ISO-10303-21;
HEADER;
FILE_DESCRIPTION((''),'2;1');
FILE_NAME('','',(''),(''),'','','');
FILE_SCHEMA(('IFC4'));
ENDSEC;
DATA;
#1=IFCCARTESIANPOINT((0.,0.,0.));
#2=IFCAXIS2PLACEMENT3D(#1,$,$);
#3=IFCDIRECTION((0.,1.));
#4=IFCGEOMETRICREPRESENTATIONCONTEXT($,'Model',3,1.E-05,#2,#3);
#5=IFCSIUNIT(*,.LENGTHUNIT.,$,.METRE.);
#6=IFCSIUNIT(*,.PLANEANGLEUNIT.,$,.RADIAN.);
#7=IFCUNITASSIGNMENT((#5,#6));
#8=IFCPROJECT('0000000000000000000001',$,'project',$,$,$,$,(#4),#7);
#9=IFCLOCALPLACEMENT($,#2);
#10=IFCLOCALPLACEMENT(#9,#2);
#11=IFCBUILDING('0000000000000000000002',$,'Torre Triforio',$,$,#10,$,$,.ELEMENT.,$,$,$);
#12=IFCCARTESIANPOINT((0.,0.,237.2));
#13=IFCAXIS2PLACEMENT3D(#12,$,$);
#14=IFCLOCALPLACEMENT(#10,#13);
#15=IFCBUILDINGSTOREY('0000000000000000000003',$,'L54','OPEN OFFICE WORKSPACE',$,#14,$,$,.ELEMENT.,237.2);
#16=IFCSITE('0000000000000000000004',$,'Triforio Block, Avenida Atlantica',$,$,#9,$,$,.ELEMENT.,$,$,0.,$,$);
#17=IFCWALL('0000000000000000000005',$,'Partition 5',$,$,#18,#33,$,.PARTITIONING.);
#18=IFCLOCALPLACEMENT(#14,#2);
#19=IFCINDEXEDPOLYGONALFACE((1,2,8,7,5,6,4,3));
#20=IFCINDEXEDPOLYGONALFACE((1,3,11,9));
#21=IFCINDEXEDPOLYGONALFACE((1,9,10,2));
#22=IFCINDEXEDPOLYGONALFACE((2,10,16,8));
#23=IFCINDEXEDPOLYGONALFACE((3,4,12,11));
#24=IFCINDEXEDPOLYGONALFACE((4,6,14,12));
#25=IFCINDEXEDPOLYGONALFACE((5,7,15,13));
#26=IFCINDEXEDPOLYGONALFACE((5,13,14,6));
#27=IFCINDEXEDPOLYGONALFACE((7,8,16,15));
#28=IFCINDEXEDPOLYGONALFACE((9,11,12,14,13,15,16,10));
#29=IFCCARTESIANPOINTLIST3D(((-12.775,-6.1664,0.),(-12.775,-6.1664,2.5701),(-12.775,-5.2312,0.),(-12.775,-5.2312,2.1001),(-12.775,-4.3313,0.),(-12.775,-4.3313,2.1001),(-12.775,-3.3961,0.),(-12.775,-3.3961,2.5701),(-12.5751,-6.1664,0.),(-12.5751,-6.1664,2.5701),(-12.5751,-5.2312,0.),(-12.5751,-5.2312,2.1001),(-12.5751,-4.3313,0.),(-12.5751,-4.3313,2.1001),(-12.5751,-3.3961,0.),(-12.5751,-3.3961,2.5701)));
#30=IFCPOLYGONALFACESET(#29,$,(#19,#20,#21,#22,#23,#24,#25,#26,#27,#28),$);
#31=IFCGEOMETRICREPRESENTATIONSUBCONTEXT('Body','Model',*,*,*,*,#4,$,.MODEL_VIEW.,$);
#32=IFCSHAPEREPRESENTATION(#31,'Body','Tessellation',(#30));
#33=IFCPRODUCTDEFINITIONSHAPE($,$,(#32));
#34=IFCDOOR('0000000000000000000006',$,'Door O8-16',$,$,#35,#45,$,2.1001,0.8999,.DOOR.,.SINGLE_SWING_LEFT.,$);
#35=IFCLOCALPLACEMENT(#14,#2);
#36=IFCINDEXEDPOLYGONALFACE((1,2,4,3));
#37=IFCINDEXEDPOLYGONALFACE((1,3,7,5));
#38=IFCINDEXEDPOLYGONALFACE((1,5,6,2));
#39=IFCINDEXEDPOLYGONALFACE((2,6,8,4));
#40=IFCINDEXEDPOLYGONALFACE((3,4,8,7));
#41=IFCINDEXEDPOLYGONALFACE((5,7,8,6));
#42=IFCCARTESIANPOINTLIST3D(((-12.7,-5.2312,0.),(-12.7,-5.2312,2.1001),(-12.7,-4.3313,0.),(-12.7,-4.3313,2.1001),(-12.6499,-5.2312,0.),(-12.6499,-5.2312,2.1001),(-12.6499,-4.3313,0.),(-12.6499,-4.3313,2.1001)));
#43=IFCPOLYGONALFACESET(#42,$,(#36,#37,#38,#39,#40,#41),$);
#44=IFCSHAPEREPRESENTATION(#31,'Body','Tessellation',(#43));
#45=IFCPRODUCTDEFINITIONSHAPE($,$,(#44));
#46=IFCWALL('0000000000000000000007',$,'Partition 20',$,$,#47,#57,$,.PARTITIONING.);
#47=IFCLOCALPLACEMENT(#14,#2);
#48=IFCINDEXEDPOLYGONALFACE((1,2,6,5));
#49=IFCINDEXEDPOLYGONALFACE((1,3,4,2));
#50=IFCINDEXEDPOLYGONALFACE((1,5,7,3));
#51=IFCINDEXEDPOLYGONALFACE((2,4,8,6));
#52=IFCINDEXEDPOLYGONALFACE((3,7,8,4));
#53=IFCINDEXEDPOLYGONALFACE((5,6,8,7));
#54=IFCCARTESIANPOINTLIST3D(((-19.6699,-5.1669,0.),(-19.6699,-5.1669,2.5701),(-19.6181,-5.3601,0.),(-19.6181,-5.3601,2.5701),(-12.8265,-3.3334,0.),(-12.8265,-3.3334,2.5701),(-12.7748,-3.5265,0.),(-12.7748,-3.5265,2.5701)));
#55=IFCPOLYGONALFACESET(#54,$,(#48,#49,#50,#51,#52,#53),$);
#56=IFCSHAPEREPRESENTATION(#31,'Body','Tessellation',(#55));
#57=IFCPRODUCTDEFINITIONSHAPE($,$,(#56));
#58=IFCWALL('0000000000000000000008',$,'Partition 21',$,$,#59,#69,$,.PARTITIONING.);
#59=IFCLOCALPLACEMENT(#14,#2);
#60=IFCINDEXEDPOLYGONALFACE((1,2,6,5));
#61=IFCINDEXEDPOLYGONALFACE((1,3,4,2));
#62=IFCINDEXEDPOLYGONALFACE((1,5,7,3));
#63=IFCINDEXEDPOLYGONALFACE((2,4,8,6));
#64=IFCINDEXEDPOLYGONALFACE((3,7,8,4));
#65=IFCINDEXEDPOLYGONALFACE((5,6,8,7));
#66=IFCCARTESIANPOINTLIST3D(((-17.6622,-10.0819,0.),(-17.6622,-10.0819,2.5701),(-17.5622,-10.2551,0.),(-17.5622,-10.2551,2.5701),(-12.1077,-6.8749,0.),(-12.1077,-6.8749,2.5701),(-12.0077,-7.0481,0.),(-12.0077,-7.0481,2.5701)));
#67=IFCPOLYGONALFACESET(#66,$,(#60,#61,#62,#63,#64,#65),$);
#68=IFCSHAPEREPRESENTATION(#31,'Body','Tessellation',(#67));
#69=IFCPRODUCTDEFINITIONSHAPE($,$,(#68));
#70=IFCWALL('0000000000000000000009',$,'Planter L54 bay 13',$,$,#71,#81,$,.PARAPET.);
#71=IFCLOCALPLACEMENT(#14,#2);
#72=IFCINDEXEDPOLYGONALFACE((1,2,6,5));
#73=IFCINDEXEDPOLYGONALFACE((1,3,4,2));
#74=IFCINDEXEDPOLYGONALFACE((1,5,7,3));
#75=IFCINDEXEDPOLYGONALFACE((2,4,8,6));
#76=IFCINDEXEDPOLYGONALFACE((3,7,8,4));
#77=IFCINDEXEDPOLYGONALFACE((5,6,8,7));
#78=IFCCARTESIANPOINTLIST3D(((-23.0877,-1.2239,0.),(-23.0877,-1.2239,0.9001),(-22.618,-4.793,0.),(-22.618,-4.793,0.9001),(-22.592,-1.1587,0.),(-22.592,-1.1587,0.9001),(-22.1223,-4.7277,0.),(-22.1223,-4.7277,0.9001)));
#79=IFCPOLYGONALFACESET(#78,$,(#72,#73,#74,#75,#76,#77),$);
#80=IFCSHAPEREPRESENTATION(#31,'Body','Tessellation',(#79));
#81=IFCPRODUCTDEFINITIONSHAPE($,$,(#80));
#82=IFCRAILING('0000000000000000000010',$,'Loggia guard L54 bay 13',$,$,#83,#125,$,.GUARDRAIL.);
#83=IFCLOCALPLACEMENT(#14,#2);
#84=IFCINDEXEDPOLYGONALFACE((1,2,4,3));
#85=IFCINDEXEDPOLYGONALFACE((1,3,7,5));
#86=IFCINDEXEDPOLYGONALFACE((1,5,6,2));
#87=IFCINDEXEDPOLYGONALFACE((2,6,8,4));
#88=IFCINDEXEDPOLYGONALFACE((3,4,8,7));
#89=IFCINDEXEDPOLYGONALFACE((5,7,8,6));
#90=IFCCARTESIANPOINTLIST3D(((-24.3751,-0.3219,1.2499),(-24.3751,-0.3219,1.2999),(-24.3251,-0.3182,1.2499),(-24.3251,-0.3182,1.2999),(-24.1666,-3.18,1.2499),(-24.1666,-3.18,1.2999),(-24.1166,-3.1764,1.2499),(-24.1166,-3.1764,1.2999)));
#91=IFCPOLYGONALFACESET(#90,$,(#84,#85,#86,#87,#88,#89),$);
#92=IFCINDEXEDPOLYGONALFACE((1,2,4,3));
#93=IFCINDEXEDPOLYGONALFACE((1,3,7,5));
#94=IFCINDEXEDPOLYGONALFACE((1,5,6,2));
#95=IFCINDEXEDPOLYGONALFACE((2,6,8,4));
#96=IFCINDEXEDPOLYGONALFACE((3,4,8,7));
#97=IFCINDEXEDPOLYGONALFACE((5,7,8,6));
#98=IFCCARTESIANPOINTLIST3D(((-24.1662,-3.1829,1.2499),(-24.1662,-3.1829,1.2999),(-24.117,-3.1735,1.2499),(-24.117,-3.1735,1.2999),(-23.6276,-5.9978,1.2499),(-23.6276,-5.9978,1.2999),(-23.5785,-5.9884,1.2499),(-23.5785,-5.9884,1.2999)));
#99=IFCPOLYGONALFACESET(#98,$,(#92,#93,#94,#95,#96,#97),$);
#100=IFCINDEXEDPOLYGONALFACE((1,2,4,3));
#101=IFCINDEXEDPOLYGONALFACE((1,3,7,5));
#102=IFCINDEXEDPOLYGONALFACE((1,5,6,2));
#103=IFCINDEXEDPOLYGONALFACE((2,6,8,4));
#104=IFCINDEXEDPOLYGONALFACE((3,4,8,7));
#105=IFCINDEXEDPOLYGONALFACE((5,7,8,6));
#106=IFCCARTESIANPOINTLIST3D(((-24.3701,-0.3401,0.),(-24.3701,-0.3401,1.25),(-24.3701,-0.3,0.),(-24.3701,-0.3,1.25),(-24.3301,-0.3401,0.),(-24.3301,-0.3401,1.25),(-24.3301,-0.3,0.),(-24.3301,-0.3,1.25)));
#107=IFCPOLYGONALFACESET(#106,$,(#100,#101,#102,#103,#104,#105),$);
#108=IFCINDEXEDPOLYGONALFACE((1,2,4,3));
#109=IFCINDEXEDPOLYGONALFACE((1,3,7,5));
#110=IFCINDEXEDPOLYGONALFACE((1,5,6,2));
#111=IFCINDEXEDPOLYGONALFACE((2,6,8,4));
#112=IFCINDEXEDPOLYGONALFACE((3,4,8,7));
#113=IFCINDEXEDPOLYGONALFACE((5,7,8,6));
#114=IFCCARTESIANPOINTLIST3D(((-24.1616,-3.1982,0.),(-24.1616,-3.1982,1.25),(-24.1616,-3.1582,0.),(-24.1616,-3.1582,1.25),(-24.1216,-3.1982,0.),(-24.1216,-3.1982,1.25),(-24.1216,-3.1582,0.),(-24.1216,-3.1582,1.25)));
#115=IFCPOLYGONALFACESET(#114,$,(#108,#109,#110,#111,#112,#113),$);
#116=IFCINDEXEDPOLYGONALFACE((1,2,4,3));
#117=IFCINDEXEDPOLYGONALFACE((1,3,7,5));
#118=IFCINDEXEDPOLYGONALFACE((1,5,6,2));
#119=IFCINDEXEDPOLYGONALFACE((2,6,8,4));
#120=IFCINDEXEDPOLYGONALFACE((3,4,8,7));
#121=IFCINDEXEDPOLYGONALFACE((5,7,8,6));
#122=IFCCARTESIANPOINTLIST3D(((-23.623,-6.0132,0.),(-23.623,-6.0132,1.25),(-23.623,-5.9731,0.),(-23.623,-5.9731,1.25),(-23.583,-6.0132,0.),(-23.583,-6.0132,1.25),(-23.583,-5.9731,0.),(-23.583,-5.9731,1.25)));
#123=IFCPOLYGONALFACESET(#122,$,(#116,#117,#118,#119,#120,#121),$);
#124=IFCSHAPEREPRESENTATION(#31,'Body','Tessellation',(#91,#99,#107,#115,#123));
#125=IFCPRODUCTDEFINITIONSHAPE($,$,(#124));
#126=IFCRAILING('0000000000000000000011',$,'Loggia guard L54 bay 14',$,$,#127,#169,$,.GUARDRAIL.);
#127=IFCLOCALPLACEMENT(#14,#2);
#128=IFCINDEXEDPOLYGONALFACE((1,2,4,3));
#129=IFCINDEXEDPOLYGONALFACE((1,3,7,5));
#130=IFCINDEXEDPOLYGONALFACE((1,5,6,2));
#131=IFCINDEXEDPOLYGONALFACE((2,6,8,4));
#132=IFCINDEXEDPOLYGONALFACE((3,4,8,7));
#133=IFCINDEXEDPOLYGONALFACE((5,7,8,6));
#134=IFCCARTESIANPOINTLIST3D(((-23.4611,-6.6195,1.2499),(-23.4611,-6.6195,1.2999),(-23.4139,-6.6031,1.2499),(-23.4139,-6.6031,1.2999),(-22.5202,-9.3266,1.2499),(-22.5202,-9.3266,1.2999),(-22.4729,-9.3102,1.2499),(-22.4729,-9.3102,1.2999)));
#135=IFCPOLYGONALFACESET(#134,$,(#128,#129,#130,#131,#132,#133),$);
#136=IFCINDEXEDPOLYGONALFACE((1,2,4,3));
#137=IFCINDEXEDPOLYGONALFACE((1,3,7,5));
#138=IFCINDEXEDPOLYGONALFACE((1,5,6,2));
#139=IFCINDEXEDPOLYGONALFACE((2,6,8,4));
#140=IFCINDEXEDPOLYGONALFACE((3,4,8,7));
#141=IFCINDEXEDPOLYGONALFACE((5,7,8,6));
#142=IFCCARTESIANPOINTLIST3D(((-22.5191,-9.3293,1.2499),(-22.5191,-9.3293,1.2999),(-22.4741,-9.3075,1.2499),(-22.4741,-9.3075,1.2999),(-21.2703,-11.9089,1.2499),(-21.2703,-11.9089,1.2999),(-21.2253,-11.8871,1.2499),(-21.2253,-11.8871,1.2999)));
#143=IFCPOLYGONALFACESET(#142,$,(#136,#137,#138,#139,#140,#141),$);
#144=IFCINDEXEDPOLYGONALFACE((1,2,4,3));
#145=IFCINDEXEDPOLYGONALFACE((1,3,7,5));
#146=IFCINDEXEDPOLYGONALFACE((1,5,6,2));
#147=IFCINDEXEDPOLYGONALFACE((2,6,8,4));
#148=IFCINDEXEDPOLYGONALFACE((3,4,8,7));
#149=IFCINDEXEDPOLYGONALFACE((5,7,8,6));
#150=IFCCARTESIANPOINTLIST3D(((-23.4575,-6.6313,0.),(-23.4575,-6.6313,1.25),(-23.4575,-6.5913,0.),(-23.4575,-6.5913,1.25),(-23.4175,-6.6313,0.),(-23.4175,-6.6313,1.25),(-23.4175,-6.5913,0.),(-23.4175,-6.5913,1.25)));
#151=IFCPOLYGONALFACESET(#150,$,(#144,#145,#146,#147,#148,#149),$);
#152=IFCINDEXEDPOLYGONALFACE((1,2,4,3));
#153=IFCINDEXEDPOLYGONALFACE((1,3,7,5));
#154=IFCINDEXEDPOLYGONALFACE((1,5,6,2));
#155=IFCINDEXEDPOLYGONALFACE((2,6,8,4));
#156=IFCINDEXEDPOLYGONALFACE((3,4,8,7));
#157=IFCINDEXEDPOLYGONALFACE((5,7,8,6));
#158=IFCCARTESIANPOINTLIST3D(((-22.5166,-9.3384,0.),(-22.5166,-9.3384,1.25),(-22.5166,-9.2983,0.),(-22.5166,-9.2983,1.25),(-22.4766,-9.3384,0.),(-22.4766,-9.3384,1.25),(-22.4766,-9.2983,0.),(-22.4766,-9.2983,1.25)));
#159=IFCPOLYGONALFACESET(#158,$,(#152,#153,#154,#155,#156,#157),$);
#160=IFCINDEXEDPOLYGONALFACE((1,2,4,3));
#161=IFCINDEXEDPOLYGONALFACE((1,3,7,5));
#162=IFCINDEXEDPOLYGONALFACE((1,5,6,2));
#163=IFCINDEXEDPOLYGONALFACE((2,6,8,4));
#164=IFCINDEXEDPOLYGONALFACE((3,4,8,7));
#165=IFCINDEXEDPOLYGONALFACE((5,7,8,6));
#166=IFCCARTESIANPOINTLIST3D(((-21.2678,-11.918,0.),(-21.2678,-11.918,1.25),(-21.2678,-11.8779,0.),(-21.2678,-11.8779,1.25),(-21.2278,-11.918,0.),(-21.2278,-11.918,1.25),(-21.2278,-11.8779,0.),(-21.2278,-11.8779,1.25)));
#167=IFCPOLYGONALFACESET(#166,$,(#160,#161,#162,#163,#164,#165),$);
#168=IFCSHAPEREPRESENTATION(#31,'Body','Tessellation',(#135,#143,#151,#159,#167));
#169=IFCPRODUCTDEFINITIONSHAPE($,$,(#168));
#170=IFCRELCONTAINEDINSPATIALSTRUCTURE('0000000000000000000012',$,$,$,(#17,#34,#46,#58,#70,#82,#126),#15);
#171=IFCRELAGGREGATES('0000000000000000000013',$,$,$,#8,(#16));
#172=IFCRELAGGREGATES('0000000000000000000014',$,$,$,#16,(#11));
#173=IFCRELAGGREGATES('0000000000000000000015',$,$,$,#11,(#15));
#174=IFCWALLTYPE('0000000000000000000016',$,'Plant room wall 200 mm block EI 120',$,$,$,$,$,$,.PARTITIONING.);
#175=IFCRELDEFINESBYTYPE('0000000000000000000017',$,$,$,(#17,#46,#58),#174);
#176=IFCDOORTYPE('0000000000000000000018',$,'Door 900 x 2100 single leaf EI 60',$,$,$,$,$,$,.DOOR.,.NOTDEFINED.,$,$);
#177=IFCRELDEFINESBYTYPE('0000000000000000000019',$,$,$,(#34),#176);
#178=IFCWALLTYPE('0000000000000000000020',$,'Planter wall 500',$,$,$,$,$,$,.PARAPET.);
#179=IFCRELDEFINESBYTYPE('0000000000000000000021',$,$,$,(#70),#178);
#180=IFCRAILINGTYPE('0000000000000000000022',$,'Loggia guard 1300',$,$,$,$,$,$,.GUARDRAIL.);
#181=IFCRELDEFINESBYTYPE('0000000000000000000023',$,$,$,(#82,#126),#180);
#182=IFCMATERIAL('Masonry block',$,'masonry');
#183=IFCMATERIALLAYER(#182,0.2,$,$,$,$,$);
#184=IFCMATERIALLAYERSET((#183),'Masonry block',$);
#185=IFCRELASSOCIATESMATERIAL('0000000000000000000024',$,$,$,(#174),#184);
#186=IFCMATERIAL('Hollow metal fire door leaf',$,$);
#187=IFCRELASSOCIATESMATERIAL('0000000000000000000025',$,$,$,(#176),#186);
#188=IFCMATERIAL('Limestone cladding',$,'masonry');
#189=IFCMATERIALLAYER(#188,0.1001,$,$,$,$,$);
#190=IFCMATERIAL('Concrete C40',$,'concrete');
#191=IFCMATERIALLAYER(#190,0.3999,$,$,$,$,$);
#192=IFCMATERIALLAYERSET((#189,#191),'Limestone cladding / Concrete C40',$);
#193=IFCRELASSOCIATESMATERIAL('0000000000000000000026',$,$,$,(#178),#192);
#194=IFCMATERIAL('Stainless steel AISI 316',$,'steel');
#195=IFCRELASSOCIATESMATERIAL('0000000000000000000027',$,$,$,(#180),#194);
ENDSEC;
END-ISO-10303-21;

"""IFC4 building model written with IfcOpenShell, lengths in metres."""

from ifc_helpers import new_model, si_unit, direction, frame, frame_2d, origin, origin_2d, place, context, subcontext, project, spatial, rectangle, extrude, material, layer, layer_set, type_object, element, fill, save


model = new_model("IFC4")

# Units and contexts
model_context = context("Model", 3, precision=1e-05, world=origin(), true_north=direction((0.0, 1.0)))
body_context = subcontext(model_context, "Body", "Model", "MODEL_VIEW")
ifc_project = project(units=[si_unit("LENGTHUNIT", "METRE"), si_unit("PLANEANGLEUNIT", "RADIAN")], contexts=[model_context])

# Site, building, storey
site_placement = place(None, origin())
site = spatial("IfcSite", under=ifc_project, at=site_placement, Name="Triforio Block, Avenida Atlantica", CompositionType="ELEMENT", RefElevation=0.0)
building_placement = place(site_placement, origin())
building = spatial("IfcBuilding", under=site, at=building_placement, Name="Torre Triforio", CompositionType="ELEMENT")
storey_placement = place(building_placement, frame((0.0, 0.0, 237.2)))
storey = spatial("IfcBuildingStorey", under=building, at=storey_placement, Name="L54", Description="OPEN OFFICE WORKSPACE", CompositionType="ELEMENT", Elevation=237.2)

# Shared definitions
ifc_material_1 = material(Name="Concrete C40", Category="concrete")

# Shared definitions
ifc_material_2 = material(Name="Hollow metal fire door leaf")

# Shared definitions
ifc_material_3 = material(Name="Masonry block", Category="masonry")
ifc_layer_1 = layer(ifc_material_3, 0.2)
ifc_layer_set_1 = layer_set([ifc_layer_1], Name="Masonry block")
wall_type_1 = type_object("IfcWallType", Name="Plant room wall 200 mm block EI 120", PredefinedType="PARTITIONING", material=ifc_layer_set_1)

# Wall, opening, door
wall_1_placement = place(storey_placement, frame((-12.675, -6.1665, 0.0), z_axis=(0.0, 0.0, 1.0), x_axis=(0.0, 1.0, 0.0)))
wall_1 = element("IfcWall", 1, at=wall_1_placement, inside=storey, type_object=wall_type_1, Name="Partition 5", PredefinedType="PARTITIONING", context=body_context, shape_type="SweptSolid", body=[
    extrude(rectangle(XDim=2.7703, YDim=0.2, at=frame_2d((1.3853, 0.0))), origin(), (0.0, 0.0, 1.0), 2.5701),
])
opening_1_placement = place(wall_1_placement, frame((0.9353, 0.0, 0.0)))
opening_1 = element("IfcOpeningElement", 2, at=opening_1_placement, cuts=wall_1, PredefinedType="OPENING", context=body_context, shape_type="SweptSolid", body=[
    extrude(rectangle(XDim=0.8999, YDim=2.1001, at=frame_2d((0.45, 1.05))), frame((0.0, 0.1099, 0.0), z_axis=(0.0, -1.0, 0.0), x_axis=(1.0, 0.0, 0.0)), (0.0, 0.0, 1.0), 0.22),
])
door_type_1 = type_object("IfcDoorType", Name="Door 900 x 2100 single leaf EI 60", OperationType="NOTDEFINED", PredefinedType="DOOR", material=ifc_material_2)
door_1_placement = place(opening_1_placement, origin())
door_1 = element("IfcDoor", 3, at=door_1_placement, inside=storey, type_object=door_type_1, Name="Door O8-16", OperationType="SINGLE_SWING_LEFT", OverallHeight=2.1001, OverallWidth=0.8999, PredefinedType="DOOR", context=body_context, shape_type="SweptSolid", body=[
    extrude(rectangle(XDim=0.8999, YDim=2.1001, at=frame_2d((0.45, 1.05))), frame((0.0, 0.0249, 0.0), z_axis=(0.0, -1.0, 0.0), x_axis=(1.0, 0.0, 0.0)), (0.0, 0.0, 1.0), 0.05),
])
fill(opening_1, door_1)

# Walls
wall_2_placement = place(storey_placement, frame((-12.8005, -3.4299, 0.0), z_axis=(0.0, 0.0, 1.0), x_axis=(-0.965931, -0.258799, 0.0)))
element("IfcWall", 4, at=wall_2_placement, inside=storey, type_object=wall_type_1, Name="Partition 20", PredefinedType="PARTITIONING", context=body_context, shape_type="SweptSolid", body=[
    extrude(rectangle(XDim=7.0847, YDim=0.2, at=frame_2d((3.5425, 0.0))), origin(), (0.0, 0.0, 1.0), 2.5701),
])
wall_3_placement = place(storey_placement, frame((-12.0576, -6.9614, 0.0), z_axis=(0.0, 0.0, 1.0), x_axis=(-0.866014, -0.50002, 0.0)))
element("IfcWall", 5, at=wall_3_placement, inside=storey, type_object=wall_type_1, Name="Partition 21", PredefinedType="PARTITIONING", context=body_context, shape_type="SweptSolid", body=[
    extrude(rectangle(XDim=6.4138, YDim=0.2, at=frame_2d((3.207, 0.0))), origin(), (0.0, 0.0, 1.0), 2.5701),
])
ifc_material_4 = material(Name="Limestone cladding", Category="masonry")
ifc_layer_2 = layer(ifc_material_4, 0.1001)
ifc_layer_3 = layer(ifc_material_1, 0.3999)
ifc_layer_set_2 = layer_set([ifc_layer_2, ifc_layer_3], Name="Limestone cladding / Concrete C40")
wall_type_2 = type_object("IfcWallType", Name="Planter wall 500", PredefinedType="PARAPET", material=ifc_layer_set_2)
wall_4_placement = place(storey_placement, frame((-22.8398, -1.1914, 0.0), z_axis=(0.0, 0.0, 1.0), x_axis=(0.130484, -0.99145, 0.0)))
element("IfcWall", 6, at=wall_4_placement, inside=storey, type_object=wall_type_2, Name="Planter L54 bay 13", PredefinedType="PARAPET", context=body_context, shape_type="SweptSolid", body=[
    extrude(rectangle(XDim=3.5999, YDim=0.5, at=frame_2d((1.7998, 0.0))), origin(), (0.0, 0.0, 1.0), 0.9001),
])

# Railings
ifc_material_5 = material(Name="Stainless steel AISI 316", Category="steel")
railing_type = type_object("IfcRailingType", Name="Loggia guard 1300", PredefinedType="GUARDRAIL", material=ifc_material_5)
railing_1_placement = place(storey_placement, frame((-24.3501, -0.3201, 0.0)))
element("IfcRailing", 7, at=railing_1_placement, inside=storey, type_object=railing_type, Name="Loggia guard L54 bay 13", PredefinedType="GUARDRAIL", context=body_context, shape_type="SweptSolid", body=[
    extrude(rectangle(XDim=0.05, YDim=0.05, at=origin_2d()), frame((0.0, 0.0, 1.2749), z_axis=(0.072754, -0.99735, 0.0), x_axis=(0.99735, 0.072754, 0.0)), (0.0, 0.0, 1.0), 2.8657),
    extrude(rectangle(XDim=0.05, YDim=0.05, at=origin_2d()), frame((0.2085, -2.8582, 1.2749), z_axis=(0.187918, -0.982185, 0.0), x_axis=(0.982185, 0.187918, 0.0)), (0.0, 0.0, 1.0), 2.866),
    extrude(rectangle(XDim=0.04, YDim=0.04, at=origin_2d()), origin(), (0.0, 0.0, 1.0), 1.25),
    extrude(rectangle(XDim=0.04, YDim=0.04, at=origin_2d()), frame((0.2085, -2.8582, 0.0)), (0.0, 0.0, 1.0), 1.25),
    extrude(rectangle(XDim=0.04, YDim=0.04, at=origin_2d()), frame((0.7471, -5.6731, 0.0)), (0.0, 0.0, 1.0), 1.25),
])
railing_2_placement = place(storey_placement, frame((-23.4375, -6.6113, 0.0)))
element("IfcRailing", 8, at=railing_2_placement, inside=storey, type_object=railing_type, Name="Loggia guard L54 bay 14", PredefinedType="GUARDRAIL", context=body_context, shape_type="SweptSolid", body=[
    extrude(rectangle(XDim=0.05, YDim=0.05, at=origin_2d()), frame((0.0, 0.0, 1.2749), z_axis=(0.328316, -0.944568, 0.0), x_axis=(0.944568, 0.328316, 0.0)), (0.0, 0.0, 1.0), 2.866),
    extrude(rectangle(XDim=0.05, YDim=0.05, at=origin_2d()), frame((0.9409, -2.707, 1.2749), z_axis=(0.435728, -0.900078, 0.0), x_axis=(0.900078, 0.435728, 0.0)), (0.0, 0.0, 1.0), 2.866),
    extrude(rectangle(XDim=0.04, YDim=0.04, at=origin_2d()), origin(), (0.0, 0.0, 1.0), 1.25),
    extrude(rectangle(XDim=0.04, YDim=0.04, at=origin_2d()), frame((0.9409, -2.707, 0.0)), (0.0, 0.0, 1.0), 1.25),
    extrude(rectangle(XDim=0.04, YDim=0.04, at=origin_2d()), frame((2.1897, -5.2866, 0.0)), (0.0, 0.0, 1.0), 1.25),
])

save(model, "model.ifc")
